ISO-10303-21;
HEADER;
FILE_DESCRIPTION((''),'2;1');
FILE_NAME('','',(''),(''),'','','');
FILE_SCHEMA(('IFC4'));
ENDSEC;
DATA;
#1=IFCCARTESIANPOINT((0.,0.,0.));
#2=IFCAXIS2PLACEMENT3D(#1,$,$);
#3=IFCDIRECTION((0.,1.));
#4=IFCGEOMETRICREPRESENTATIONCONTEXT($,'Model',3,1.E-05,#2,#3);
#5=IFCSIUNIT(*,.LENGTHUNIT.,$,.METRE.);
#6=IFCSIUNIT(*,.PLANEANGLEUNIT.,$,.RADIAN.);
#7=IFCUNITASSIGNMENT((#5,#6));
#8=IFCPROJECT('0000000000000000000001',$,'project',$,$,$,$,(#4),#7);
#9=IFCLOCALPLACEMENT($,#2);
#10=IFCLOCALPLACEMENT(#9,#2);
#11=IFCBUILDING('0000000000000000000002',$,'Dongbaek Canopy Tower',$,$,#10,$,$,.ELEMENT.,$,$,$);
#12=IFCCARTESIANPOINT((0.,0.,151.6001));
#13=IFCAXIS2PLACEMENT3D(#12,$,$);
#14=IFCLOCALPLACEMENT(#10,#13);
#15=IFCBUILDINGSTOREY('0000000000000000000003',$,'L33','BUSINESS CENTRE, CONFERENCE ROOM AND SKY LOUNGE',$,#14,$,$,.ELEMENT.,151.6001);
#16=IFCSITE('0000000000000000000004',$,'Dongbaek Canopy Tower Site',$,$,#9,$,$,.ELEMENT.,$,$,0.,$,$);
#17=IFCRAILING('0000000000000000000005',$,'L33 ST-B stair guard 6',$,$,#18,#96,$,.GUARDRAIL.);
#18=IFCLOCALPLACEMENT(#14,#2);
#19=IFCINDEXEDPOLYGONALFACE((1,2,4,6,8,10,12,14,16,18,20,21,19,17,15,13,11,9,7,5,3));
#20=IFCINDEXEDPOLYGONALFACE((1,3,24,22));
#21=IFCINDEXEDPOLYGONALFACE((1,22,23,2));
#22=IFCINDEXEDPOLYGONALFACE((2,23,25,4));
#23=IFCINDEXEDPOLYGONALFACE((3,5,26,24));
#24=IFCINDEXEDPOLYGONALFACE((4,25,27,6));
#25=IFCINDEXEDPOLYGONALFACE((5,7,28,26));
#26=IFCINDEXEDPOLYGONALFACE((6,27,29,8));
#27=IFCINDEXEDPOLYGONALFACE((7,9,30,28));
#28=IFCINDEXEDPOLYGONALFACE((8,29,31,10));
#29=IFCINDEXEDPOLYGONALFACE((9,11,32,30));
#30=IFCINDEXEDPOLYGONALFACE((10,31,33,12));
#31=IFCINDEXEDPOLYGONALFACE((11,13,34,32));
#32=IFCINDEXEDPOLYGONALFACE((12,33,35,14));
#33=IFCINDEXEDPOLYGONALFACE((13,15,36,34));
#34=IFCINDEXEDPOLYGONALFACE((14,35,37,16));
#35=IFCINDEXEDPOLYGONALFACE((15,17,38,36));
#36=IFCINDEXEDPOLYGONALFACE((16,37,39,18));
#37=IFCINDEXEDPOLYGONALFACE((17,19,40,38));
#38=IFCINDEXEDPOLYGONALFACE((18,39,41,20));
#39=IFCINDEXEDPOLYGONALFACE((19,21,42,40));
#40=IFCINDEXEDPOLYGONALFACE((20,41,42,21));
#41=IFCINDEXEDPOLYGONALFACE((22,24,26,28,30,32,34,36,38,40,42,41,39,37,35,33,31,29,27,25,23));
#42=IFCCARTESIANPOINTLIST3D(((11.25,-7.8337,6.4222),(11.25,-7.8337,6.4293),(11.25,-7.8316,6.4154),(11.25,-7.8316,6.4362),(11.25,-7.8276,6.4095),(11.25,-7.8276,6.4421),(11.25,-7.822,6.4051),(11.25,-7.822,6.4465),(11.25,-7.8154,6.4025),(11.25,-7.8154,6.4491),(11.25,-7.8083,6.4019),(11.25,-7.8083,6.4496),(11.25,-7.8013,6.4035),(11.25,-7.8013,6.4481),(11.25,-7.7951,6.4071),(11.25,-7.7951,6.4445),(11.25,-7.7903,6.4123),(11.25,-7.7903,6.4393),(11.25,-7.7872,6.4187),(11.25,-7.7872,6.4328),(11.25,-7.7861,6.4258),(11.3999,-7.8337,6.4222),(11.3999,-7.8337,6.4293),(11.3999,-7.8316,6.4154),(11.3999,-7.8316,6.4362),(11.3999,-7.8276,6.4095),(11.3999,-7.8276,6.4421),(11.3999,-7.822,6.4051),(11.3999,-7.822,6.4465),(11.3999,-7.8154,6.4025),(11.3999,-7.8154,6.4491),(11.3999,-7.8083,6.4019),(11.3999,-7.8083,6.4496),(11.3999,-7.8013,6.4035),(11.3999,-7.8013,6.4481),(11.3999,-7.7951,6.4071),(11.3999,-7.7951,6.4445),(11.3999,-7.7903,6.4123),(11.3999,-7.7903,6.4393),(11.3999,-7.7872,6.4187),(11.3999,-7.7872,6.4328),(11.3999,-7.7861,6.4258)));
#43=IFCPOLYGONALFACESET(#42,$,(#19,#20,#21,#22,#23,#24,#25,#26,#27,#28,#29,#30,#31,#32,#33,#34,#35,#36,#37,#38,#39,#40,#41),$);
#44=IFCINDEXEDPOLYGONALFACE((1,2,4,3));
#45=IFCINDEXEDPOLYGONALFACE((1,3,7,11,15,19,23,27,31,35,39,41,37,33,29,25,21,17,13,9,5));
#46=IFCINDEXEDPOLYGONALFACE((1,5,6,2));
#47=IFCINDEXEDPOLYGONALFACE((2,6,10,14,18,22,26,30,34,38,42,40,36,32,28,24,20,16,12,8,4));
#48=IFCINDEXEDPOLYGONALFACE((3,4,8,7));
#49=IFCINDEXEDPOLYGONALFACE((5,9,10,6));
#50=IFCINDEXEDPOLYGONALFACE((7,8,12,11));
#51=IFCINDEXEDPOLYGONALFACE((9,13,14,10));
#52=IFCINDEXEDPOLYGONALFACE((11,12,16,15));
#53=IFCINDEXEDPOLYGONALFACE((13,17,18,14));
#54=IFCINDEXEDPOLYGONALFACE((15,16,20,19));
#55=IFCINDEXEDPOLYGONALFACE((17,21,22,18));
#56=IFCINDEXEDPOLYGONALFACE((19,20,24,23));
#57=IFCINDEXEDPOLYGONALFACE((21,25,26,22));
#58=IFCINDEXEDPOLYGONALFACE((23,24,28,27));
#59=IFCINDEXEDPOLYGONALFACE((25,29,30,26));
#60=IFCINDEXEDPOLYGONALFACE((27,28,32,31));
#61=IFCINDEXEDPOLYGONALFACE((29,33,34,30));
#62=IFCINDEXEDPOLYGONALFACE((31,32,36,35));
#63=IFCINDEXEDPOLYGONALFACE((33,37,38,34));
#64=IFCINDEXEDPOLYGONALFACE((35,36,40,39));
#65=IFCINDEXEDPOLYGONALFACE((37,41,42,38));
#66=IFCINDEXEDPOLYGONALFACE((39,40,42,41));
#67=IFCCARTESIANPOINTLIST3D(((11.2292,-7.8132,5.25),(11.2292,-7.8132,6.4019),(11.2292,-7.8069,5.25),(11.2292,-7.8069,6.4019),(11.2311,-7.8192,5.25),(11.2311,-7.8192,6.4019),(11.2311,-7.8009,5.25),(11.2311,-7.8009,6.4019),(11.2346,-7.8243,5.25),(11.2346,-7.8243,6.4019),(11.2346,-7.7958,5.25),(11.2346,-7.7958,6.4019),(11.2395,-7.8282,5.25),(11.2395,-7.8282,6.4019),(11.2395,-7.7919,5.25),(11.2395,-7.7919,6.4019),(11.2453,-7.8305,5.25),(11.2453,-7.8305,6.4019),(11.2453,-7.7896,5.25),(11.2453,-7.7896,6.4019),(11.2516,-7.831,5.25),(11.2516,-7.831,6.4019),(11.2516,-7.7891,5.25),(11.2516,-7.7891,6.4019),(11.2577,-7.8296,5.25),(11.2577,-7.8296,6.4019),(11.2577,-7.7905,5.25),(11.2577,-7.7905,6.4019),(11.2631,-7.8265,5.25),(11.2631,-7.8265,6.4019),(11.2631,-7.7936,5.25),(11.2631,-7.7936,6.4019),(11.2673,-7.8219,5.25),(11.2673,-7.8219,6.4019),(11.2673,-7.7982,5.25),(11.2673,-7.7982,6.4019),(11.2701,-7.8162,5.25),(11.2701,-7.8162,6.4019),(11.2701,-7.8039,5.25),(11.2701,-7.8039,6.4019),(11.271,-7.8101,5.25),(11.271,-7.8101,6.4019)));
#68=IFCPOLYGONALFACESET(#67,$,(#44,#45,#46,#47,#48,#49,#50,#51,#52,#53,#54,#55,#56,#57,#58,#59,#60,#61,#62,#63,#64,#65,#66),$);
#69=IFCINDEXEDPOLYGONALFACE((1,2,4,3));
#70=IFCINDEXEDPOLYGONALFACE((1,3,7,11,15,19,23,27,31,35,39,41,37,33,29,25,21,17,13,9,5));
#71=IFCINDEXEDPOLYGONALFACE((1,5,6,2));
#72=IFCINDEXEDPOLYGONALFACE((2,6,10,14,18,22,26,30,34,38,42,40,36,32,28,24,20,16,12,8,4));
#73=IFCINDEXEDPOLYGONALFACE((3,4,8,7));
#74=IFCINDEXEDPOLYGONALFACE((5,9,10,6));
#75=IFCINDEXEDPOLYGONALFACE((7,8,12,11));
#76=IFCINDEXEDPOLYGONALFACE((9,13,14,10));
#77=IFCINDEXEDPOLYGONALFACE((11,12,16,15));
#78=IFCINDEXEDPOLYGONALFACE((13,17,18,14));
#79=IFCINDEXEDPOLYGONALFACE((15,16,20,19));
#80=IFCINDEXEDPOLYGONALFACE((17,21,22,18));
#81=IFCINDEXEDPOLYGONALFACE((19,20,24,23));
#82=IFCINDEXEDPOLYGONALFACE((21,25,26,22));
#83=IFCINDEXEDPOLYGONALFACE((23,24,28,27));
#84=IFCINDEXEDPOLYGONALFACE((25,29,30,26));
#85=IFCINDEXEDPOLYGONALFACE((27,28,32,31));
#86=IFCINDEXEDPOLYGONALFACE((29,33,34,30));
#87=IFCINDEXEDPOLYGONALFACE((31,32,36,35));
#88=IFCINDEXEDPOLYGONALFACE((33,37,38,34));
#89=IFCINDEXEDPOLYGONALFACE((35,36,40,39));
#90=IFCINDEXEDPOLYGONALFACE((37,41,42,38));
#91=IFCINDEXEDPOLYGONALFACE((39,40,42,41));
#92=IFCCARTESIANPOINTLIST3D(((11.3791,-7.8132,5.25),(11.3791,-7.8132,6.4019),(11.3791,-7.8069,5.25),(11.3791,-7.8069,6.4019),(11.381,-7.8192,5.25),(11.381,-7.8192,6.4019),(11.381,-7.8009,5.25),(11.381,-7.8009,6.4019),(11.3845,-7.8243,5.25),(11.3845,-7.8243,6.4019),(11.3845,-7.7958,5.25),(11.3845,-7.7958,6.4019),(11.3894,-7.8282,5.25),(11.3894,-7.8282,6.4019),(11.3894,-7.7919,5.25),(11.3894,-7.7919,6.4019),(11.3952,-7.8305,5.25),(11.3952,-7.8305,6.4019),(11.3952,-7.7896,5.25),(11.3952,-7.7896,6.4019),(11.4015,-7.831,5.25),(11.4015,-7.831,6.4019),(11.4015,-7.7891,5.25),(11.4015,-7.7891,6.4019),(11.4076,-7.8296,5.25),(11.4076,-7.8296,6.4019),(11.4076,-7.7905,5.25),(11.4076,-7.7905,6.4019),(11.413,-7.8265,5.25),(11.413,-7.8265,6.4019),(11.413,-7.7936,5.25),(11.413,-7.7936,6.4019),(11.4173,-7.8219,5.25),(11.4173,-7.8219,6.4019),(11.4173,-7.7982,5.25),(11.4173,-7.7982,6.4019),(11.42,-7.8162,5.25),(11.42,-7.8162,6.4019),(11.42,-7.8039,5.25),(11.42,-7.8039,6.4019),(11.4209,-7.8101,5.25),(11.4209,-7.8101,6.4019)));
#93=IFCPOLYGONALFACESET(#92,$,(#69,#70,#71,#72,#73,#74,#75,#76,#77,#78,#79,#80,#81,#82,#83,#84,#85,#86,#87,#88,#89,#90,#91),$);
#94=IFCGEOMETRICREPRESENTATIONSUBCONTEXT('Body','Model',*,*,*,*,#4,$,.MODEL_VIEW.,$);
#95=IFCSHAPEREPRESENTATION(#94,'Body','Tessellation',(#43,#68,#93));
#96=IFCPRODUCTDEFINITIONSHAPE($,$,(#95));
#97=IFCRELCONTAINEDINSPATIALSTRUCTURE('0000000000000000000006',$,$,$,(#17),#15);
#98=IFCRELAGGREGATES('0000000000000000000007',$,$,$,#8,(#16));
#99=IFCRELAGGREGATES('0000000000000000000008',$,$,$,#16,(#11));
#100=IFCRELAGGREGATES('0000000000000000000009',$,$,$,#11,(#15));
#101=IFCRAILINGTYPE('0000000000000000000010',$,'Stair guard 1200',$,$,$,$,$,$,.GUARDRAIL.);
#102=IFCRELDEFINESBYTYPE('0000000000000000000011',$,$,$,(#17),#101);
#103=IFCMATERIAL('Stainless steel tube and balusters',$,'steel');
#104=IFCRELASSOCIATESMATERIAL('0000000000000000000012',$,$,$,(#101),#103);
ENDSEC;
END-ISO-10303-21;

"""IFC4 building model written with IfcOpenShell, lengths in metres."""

from ifc_helpers import new_model, si_unit, direction, frame, origin, origin_2d, place, context, subcontext, project, spatial, circle, extrude, material, type_object, element, save


model = new_model("IFC4")

# Units and contexts
model_context = context("Model", 3, precision=1e-05, world=origin(), true_north=direction((0.0, 1.0)))
body_context = subcontext(model_context, "Body", "Model", "MODEL_VIEW")
ifc_project = project(units=[si_unit("LENGTHUNIT", "METRE"), si_unit("PLANEANGLEUNIT", "RADIAN")], contexts=[model_context])

# Site, building, storey
site_placement = place(None, origin())
site = spatial("IfcSite", under=ifc_project, at=site_placement, Name="Dongbaek Canopy Tower Site", CompositionType="ELEMENT", RefElevation=0.0)
building_placement = place(site_placement, origin())
building = spatial("IfcBuilding", under=site, at=building_placement, Name="Dongbaek Canopy Tower", CompositionType="ELEMENT")
storey_placement = place(building_placement, frame((0.0, 0.0, 151.6001)))
storey = spatial("IfcBuildingStorey", under=building, at=storey_placement, Name="L33", Description="BUSINESS CENTRE, CONFERENCE ROOM AND SKY LOUNGE", CompositionType="ELEMENT", Elevation=151.6001)

# Railing
ifc_material_1 = material(Name="Stainless steel tube and balusters", Category="steel")
railing_type_1 = type_object("IfcRailingType", Name="Stair guard 1200", PredefinedType="GUARDRAIL", material=ifc_material_1)
railing_1_placement = place(storey_placement, frame((11.25, -7.8101, 5.25)))
element("IfcRailing", 1, at=railing_1_placement, inside=storey, type_object=railing_type_1, Name="L33 ST-B stair guard 6", PredefinedType="GUARDRAIL", context=body_context, shape_type="SweptSolid", body=[
    extrude(circle(Radius=0.0239, at=origin_2d()), frame((0.0, 0.0, 1.1758), z_axis=(1.0, 0.0, 0.0), x_axis=(0.0, 1.0, 0.0)), (0.0, 0.0, 1.0), 0.1499),
    extrude(circle(Radius=0.021, at=origin_2d()), origin(), (0.0, 0.0, 1.0), 1.1519),
    extrude(circle(Radius=0.021, at=origin_2d()), frame((0.1499, 0.0, 0.0)), (0.0, 0.0, 1.0), 1.1519),
])

save(model, "model.ifc")
